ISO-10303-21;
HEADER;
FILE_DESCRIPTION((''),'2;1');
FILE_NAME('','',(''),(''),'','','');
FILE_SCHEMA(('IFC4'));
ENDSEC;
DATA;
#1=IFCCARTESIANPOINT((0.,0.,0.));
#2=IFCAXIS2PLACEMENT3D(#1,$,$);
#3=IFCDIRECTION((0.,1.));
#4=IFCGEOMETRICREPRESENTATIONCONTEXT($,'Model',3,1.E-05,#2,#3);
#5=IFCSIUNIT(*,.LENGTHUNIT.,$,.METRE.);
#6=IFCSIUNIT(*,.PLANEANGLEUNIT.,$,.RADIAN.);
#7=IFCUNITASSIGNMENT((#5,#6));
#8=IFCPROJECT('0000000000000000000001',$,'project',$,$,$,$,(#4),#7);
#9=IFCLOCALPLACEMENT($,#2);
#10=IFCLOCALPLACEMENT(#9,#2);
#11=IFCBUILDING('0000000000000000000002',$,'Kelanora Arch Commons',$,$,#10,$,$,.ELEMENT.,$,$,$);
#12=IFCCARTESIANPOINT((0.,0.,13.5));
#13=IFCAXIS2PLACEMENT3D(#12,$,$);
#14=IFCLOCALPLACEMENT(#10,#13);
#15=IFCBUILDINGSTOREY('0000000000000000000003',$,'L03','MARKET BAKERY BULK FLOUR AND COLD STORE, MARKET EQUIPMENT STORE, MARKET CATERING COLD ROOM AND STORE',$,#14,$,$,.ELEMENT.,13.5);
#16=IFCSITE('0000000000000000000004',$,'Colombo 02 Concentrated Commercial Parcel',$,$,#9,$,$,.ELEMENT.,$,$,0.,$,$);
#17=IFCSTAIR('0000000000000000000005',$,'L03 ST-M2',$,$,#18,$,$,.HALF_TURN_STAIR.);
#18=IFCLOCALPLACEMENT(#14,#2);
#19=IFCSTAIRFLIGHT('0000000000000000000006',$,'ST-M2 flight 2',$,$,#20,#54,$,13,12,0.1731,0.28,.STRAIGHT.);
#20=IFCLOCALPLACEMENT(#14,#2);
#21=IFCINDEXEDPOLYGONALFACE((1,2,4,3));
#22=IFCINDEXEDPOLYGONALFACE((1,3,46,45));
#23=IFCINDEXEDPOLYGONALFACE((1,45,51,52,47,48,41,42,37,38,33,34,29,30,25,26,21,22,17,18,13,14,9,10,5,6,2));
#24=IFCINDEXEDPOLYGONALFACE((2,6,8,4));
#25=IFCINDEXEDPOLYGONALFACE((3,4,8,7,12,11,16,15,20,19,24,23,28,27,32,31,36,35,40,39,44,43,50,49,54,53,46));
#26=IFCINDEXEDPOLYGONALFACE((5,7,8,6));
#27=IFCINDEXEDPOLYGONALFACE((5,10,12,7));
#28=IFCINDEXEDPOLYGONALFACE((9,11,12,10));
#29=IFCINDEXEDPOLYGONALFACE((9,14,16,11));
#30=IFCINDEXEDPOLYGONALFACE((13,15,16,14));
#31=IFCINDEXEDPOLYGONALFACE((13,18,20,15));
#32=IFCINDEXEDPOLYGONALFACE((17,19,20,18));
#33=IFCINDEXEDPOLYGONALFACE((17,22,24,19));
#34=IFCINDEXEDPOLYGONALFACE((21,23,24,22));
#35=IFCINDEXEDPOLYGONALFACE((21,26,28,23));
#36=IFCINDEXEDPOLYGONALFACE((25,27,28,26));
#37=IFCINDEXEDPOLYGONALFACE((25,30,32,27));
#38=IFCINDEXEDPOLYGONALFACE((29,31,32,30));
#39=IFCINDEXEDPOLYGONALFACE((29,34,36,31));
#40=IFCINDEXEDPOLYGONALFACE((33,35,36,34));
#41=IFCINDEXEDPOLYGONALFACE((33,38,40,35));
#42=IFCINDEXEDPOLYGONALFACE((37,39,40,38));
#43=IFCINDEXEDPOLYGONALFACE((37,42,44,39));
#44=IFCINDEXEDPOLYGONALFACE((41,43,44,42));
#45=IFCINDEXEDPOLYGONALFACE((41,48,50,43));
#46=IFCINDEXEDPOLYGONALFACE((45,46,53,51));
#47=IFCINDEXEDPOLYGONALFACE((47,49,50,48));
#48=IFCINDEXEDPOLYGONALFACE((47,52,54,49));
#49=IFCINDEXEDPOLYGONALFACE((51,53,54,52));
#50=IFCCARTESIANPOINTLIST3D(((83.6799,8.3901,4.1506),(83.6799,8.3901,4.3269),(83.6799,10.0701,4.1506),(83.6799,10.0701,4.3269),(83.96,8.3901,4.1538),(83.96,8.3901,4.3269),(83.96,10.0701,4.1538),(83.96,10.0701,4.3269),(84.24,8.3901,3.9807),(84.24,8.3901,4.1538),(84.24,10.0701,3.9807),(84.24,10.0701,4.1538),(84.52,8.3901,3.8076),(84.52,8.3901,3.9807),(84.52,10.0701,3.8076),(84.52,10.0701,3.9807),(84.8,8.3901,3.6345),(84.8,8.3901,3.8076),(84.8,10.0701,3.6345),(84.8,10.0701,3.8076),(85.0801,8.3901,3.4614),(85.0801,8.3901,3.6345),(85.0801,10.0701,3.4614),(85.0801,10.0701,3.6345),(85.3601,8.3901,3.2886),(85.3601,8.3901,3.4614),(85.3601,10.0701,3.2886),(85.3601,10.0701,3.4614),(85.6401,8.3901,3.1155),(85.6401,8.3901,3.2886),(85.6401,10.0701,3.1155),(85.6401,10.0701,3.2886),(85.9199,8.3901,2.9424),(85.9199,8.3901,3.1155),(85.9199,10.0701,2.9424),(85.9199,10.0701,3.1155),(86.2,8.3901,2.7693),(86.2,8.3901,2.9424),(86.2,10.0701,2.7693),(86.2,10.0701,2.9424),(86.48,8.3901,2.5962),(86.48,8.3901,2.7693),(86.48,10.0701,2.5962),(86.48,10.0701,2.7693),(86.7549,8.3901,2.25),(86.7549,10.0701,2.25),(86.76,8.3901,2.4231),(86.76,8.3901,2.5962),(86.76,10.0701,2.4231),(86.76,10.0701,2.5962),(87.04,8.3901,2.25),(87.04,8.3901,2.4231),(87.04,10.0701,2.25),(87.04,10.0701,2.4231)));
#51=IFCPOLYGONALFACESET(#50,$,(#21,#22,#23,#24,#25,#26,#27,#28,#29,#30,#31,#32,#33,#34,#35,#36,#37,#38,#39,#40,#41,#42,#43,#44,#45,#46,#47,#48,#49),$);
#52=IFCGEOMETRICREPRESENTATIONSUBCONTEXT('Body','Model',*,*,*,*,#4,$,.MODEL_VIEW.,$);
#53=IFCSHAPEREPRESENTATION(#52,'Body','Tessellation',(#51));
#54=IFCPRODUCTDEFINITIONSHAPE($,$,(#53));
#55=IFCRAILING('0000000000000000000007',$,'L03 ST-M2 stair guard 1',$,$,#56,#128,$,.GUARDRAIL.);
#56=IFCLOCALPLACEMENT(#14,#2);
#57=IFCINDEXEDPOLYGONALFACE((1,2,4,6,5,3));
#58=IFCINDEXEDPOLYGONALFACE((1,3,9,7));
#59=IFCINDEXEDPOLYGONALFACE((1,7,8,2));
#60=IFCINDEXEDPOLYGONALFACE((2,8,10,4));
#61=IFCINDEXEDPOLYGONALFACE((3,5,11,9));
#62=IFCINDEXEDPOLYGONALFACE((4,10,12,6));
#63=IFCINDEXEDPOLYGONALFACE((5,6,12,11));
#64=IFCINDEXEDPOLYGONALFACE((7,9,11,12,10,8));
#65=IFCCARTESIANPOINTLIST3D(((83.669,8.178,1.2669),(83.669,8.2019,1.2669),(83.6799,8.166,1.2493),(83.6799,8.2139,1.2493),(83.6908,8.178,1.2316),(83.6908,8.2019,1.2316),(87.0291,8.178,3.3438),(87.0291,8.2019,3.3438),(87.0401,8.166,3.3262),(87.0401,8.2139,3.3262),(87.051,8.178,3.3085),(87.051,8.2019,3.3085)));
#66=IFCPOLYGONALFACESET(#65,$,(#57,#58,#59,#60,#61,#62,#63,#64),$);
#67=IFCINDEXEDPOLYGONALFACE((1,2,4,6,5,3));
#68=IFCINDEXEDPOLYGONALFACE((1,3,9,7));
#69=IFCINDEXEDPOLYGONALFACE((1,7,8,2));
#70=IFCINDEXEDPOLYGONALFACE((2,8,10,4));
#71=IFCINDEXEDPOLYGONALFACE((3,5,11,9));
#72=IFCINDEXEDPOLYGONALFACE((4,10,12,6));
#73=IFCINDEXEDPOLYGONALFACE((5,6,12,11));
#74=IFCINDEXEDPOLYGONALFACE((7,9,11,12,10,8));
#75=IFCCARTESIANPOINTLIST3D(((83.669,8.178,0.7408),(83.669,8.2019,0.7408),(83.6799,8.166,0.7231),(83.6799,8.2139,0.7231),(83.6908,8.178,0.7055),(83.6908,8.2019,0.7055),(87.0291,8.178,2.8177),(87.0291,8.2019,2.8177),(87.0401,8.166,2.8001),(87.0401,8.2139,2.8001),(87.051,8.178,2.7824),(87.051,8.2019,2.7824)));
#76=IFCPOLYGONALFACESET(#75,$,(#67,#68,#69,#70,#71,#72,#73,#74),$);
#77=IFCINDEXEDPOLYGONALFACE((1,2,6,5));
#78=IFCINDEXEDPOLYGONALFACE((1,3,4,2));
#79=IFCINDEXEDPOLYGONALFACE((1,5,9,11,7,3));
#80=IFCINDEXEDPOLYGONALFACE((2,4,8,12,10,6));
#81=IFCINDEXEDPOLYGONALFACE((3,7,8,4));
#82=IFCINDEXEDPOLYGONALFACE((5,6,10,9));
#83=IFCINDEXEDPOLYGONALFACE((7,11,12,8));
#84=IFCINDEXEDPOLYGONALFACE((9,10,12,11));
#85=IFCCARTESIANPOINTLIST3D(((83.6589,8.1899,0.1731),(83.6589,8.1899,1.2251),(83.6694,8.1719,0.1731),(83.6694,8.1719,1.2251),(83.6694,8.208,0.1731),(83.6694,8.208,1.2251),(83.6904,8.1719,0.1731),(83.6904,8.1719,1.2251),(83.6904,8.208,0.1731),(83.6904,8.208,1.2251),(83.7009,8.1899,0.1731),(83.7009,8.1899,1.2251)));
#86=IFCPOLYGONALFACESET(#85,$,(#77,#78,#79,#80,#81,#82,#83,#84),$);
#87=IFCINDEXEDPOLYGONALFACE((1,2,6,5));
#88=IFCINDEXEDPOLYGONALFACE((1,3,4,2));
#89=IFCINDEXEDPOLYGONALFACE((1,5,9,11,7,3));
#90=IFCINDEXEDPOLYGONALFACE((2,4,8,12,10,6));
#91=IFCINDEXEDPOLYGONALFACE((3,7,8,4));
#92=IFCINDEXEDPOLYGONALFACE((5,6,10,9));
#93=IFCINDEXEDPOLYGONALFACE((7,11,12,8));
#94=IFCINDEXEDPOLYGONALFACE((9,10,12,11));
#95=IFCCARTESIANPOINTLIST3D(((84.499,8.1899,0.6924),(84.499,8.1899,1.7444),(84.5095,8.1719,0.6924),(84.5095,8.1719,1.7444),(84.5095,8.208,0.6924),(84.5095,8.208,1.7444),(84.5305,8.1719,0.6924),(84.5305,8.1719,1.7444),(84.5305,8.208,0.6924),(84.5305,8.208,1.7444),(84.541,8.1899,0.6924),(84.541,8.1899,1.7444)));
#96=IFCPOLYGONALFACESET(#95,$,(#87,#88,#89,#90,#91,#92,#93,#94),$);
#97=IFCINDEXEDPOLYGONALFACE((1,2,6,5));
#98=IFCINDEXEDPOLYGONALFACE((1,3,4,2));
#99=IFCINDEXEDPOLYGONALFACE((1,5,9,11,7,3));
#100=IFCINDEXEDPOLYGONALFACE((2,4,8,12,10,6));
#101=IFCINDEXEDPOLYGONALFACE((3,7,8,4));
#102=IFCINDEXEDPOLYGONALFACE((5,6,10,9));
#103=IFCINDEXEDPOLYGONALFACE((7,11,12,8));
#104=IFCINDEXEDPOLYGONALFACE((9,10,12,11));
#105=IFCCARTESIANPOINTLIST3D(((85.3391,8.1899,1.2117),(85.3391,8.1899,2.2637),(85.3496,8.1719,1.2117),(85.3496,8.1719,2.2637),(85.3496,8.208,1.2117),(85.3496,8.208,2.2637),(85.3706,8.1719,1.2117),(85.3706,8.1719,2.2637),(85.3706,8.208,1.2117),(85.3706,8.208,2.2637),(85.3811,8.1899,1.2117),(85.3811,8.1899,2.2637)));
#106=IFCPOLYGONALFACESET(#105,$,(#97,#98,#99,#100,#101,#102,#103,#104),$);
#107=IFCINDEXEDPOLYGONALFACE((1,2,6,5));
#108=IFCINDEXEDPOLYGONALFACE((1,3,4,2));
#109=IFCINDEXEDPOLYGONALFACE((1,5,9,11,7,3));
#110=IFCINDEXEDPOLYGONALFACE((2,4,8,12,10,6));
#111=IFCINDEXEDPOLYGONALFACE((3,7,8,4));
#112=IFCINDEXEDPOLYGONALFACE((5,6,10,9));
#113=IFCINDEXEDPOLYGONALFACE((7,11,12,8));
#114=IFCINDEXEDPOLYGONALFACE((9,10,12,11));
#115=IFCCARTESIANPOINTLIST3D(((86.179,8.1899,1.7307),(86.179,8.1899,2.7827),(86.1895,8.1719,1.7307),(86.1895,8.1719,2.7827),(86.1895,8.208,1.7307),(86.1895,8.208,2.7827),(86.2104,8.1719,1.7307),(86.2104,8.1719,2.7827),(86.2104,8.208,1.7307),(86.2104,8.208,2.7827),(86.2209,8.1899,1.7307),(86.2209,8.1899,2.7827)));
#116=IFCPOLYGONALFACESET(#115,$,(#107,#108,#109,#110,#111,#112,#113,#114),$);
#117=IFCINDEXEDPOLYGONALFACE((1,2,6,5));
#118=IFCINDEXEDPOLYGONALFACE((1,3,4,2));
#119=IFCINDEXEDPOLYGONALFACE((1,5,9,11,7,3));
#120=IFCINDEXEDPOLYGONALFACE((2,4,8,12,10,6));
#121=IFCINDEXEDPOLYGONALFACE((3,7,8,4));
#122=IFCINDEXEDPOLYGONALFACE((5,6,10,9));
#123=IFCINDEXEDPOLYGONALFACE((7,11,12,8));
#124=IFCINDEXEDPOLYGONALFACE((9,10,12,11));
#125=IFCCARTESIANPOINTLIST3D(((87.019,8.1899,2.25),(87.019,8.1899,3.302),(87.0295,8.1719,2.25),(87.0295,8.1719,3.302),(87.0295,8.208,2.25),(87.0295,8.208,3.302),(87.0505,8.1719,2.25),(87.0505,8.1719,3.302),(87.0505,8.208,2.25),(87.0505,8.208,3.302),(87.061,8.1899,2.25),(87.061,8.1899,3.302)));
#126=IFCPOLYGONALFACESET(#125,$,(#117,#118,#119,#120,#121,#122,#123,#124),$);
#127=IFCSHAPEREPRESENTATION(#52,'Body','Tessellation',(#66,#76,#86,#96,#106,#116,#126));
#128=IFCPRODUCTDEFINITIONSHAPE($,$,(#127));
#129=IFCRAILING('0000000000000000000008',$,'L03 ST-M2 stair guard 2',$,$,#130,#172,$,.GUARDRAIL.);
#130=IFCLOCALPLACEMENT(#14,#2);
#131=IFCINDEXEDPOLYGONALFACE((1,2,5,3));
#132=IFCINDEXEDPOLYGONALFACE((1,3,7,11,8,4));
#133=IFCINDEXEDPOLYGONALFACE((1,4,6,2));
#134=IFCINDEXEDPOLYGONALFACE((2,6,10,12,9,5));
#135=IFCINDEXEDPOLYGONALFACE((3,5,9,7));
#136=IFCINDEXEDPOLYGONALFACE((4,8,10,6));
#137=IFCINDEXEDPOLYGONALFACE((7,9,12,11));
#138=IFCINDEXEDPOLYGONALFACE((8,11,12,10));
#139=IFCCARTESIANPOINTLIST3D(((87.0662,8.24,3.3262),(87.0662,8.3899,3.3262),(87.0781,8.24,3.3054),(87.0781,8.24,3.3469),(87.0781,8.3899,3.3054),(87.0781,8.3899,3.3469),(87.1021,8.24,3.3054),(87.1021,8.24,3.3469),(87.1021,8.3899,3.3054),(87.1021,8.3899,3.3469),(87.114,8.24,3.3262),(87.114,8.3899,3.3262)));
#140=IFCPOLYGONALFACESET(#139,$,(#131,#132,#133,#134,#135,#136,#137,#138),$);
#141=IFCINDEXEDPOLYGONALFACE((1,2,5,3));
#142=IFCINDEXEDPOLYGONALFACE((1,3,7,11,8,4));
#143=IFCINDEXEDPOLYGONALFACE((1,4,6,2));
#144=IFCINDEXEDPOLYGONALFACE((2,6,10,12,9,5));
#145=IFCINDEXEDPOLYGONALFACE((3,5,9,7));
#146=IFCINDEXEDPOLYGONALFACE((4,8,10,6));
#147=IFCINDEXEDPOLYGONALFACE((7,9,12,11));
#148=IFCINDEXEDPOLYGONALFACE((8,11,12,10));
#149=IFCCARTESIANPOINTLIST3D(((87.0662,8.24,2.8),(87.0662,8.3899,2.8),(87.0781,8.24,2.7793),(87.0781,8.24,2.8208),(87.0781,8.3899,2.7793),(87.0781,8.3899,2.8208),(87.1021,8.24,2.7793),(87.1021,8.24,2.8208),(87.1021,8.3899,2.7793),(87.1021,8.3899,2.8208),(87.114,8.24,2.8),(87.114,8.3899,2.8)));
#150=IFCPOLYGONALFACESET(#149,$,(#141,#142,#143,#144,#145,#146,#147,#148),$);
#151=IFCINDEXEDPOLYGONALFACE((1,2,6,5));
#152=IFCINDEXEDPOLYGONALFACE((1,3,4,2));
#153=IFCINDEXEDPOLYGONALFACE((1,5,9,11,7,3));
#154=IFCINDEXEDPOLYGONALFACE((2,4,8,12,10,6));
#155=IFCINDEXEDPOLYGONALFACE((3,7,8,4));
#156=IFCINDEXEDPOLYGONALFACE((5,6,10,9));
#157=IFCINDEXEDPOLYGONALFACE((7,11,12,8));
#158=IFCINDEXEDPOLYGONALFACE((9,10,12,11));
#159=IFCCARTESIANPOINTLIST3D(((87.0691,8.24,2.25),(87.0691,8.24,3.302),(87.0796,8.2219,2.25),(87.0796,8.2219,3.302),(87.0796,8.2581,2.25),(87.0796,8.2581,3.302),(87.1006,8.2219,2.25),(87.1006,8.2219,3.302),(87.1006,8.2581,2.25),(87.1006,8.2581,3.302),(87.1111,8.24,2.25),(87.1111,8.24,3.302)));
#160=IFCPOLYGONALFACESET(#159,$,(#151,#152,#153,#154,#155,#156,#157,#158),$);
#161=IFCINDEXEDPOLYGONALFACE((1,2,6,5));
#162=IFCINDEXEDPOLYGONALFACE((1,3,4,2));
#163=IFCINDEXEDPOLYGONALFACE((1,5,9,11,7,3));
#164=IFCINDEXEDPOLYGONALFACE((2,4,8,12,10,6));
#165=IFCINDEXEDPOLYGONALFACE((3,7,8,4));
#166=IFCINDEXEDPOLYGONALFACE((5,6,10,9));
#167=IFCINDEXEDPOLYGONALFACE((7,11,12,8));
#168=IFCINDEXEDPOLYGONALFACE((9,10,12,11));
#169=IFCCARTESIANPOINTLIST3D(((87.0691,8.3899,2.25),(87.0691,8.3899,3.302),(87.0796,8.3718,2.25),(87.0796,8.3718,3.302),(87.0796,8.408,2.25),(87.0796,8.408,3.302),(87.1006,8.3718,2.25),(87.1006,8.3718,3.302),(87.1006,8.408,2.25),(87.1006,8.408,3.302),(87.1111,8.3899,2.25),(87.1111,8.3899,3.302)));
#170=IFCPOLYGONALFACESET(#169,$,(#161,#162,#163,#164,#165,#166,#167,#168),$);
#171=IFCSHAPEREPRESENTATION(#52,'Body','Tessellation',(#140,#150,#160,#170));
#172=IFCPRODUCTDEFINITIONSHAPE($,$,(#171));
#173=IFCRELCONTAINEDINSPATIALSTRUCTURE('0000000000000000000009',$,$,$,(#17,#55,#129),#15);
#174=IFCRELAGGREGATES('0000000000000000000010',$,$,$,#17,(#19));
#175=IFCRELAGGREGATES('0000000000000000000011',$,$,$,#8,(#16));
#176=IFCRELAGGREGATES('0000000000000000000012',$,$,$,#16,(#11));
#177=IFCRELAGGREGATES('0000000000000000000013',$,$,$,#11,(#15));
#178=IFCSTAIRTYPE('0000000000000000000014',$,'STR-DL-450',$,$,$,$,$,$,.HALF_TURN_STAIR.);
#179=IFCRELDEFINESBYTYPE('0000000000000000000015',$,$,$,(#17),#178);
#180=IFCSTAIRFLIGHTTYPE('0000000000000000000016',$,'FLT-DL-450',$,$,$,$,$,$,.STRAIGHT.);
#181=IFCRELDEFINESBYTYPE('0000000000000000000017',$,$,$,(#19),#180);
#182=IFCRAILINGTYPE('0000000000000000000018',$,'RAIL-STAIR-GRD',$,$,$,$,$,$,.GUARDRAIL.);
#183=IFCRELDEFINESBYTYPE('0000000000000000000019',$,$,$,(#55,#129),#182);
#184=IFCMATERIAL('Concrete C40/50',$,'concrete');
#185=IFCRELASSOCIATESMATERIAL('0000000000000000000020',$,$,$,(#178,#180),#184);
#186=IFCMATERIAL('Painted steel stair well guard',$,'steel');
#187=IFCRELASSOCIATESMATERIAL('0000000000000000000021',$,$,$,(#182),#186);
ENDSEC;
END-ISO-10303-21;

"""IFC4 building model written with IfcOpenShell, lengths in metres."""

from ifc_helpers import new_model, si_unit, direction, frame, origin, place, context, subcontext, project, spatial, polyline, outline, extrude, material, type_object, element, aggregate, save


model = new_model("IFC4")

# Units and contexts
model_context = context("Model", 3, precision=1e-05, world=origin(), true_north=direction((0.0, 1.0)))
body_context = subcontext(model_context, "Body", "Model", "MODEL_VIEW")
ifc_project = project(units=[si_unit("LENGTHUNIT", "METRE"), si_unit("PLANEANGLEUNIT", "RADIAN")], contexts=[model_context])

# Site, building, storey
site_placement = place(None, origin())
site = spatial("IfcSite", under=ifc_project, at=site_placement, Name="Colombo 02 Concentrated Commercial Parcel", CompositionType="ELEMENT", RefElevation=0.0)
building_placement = place(site_placement, origin())
building = spatial("IfcBuilding", under=site, at=building_placement, Name="Kelanora Arch Commons", CompositionType="ELEMENT")
storey_placement = place(building_placement, frame((0.0, 0.0, 13.5)))
storey = spatial("IfcBuildingStorey", under=building, at=storey_placement, Name="L03", Description="MARKET BAKERY BULK FLOUR AND COLD STORE, MARKET EQUIPMENT STORE, MARKET CATERING COLD ROOM AND STORE", CompositionType="ELEMENT", Elevation=13.5)

# Shared definitions
ifc_material_1 = material(Name="Concrete C40/50", Category="concrete")

# Stair, stair flight
stair_type = type_object("IfcStairType", Name="STR-DL-450", PredefinedType="HALF_TURN_STAIR", material=ifc_material_1)
stair_placement = place(storey_placement, origin())
stair = element("IfcStair", 1, at=stair_placement, inside=storey, type_object=stair_type, Name="L03 ST-M2", PredefinedType="HALF_TURN_STAIR")
stair_flight_type = type_object("IfcStairFlightType", Name="FLT-DL-450", PredefinedType="STRAIGHT", material=ifc_material_1)
stair_flight_1_placement = place(storey_placement, frame((87.04, 9.23, 2.25), z_axis=(0.0, 0.0, 1.0), x_axis=(-1.0, 0.0, 0.0)))
stair_flight_1 = element("IfcStairFlight", 2, at=stair_flight_1_placement, type_object=stair_flight_type, Name="ST-M2 flight 2", NumberOfRisers=13, NumberOfTreads=12, PredefinedType="STRAIGHT", RiserHeight=0.1731, TreadLength=0.28, context=body_context, shape_type="SweptSolid", body=[
    extrude(outline(polyline([(0.0, 0.0), (0.0, 0.1731), (0.28, 0.1731), (0.28, 0.3462), (0.5601, 0.3462), (0.5601, 0.5193), (0.8401, 0.5193), (0.8401, 0.6924), (1.1201, 0.6924), (1.1201, 0.8655), (1.3999, 0.8655), (1.3999, 1.0386), (1.6799, 1.0386), (1.6799, 1.2114), (1.96, 1.2114), (1.96, 1.3845), (2.24, 1.3845), (2.24, 1.5576), (2.52, 1.5576), (2.52, 1.7307), (2.8, 1.7307), (2.8, 1.9038), (3.0801, 1.9038), (3.0801, 2.0769), (3.3601, 2.0769), (3.3601, 2.25), (3.3601, 1.9006), (0.2852, 0.0), (0.0, 0.0)])), frame((0.0, 0.8398, 0.0), z_axis=(0.0, -1.0, 0.0), x_axis=(1.0, 0.0, 0.0)), (0.0, 0.0, 1.0), 1.6799),
])
aggregate(stair, [stair_flight_1])

# Railings
ifc_material_2 = material(Name="Painted steel stair well guard", Category="steel")
railing_type_1 = type_object("IfcRailingType", Name="RAIL-STAIR-GRD", PredefinedType="GUARDRAIL", material=ifc_material_2)
railing_1_placement = place(storey_placement, frame((83.6799, 8.1899, 0.1731)))
element("IfcRailing", 3, at=railing_1_placement, inside=storey, type_object=railing_type_1, Name="L03 ST-M2 stair guard 1", PredefinedType="GUARDRAIL", context=body_context, shape_type="SweptSolid", body=[
    extrude(outline(polyline([(0.0239, 0.0), (0.012, 0.0208), (-0.012, 0.0208), (-0.0239, 0.0), (-0.012, -0.0208), (0.012, -0.0208), (0.0239, 0.0)])), frame((0.0, 0.0, 1.0762), z_axis=(0.850623, 0.0, 0.525776), x_axis=(0.0, 1.0, 0.0)), (0.0, 0.0, 1.0), 3.9502),
    extrude(outline(polyline([(0.0239, 0.0), (0.012, 0.0208), (-0.012, 0.0208), (-0.0239, 0.0), (-0.012, -0.0208), (0.012, -0.0208), (0.0239, 0.0)])), frame((0.0, 0.0, 0.55), z_axis=(0.850623, 0.0, 0.525776), x_axis=(0.0, 1.0, 0.0)), (0.0, 0.0, 1.0), 3.9502),
    extrude(outline(polyline([(0.021, 0.0), (0.0105, 0.0181), (-0.0105, 0.0181), (-0.021, 0.0), (-0.0105, -0.0181), (0.0105, -0.0181), (0.021, 0.0)])), origin(), (0.0, 0.0, 1.0), 1.052),
    extrude(outline(polyline([(0.021, 0.0), (0.0105, 0.0181), (-0.0105, 0.0181), (-0.021, 0.0), (-0.0105, -0.0181), (0.0105, -0.0181), (0.021, 0.0)])), frame((0.8401, 0.0, 0.5193)), (0.0, 0.0, 1.0), 1.052),
    extrude(outline(polyline([(0.021, 0.0), (0.0105, 0.0181), (-0.0105, 0.0181), (-0.021, 0.0), (-0.0105, -0.0181), (0.0105, -0.0181), (0.021, 0.0)])), frame((1.6802, 0.0, 1.0386)), (0.0, 0.0, 1.0), 1.052),
    extrude(outline(polyline([(0.021, 0.0), (0.0105, 0.0181), (-0.0105, 0.0181), (-0.021, 0.0), (-0.0105, -0.0181), (0.0105, -0.0181), (0.021, 0.0)])), frame((2.52, 0.0, 1.5576)), (0.0, 0.0, 1.0), 1.052),
    extrude(outline(polyline([(0.021, 0.0), (0.0105, 0.0181), (-0.0105, 0.0181), (-0.021, 0.0), (-0.0105, -0.0181), (0.0105, -0.0181), (0.021, 0.0)])), frame((3.3601, 0.0, 2.0769)), (0.0, 0.0, 1.0), 1.052),
])
railing_2_placement = place(storey_placement, frame((87.0901, 8.24, 2.25)))
element("IfcRailing", 4, at=railing_2_placement, inside=storey, type_object=railing_type_1, Name="L03 ST-M2 stair guard 2", PredefinedType="GUARDRAIL", context=body_context, shape_type="SweptSolid", body=[
    extrude(outline(polyline([(0.0239, 0.0), (0.012, 0.0208), (-0.012, 0.0208), (-0.0239, 0.0), (-0.012, -0.0208), (0.012, -0.0208), (0.0239, 0.0)])), frame((0.0, 0.0, 1.0762), z_axis=(0.0, 1.0, 0.0), x_axis=(-1.0, 0.0, 0.0)), (0.0, 0.0, 1.0), 0.1499),
    extrude(outline(polyline([(0.0239, 0.0), (0.012, 0.0208), (-0.012, 0.0208), (-0.0239, 0.0), (-0.012, -0.0208), (0.012, -0.0208), (0.0239, 0.0)])), frame((0.0, 0.0, 0.55), z_axis=(0.0, 1.0, 0.0), x_axis=(-1.0, 0.0, 0.0)), (0.0, 0.0, 1.0), 0.1499),
    extrude(outline(polyline([(0.021, 0.0), (0.0105, 0.0181), (-0.0105, 0.0181), (-0.021, 0.0), (-0.0105, -0.0181), (0.0105, -0.0181), (0.021, 0.0)])), origin(), (0.0, 0.0, 1.0), 1.052),
    extrude(outline(polyline([(0.021, 0.0), (0.0105, 0.0181), (-0.0105, 0.0181), (-0.021, 0.0), (-0.0105, -0.0181), (0.0105, -0.0181), (0.021, 0.0)])), frame((0.0, 0.1499, 0.0)), (0.0, 0.0, 1.0), 1.052),
])

save(model, "model.ifc")
